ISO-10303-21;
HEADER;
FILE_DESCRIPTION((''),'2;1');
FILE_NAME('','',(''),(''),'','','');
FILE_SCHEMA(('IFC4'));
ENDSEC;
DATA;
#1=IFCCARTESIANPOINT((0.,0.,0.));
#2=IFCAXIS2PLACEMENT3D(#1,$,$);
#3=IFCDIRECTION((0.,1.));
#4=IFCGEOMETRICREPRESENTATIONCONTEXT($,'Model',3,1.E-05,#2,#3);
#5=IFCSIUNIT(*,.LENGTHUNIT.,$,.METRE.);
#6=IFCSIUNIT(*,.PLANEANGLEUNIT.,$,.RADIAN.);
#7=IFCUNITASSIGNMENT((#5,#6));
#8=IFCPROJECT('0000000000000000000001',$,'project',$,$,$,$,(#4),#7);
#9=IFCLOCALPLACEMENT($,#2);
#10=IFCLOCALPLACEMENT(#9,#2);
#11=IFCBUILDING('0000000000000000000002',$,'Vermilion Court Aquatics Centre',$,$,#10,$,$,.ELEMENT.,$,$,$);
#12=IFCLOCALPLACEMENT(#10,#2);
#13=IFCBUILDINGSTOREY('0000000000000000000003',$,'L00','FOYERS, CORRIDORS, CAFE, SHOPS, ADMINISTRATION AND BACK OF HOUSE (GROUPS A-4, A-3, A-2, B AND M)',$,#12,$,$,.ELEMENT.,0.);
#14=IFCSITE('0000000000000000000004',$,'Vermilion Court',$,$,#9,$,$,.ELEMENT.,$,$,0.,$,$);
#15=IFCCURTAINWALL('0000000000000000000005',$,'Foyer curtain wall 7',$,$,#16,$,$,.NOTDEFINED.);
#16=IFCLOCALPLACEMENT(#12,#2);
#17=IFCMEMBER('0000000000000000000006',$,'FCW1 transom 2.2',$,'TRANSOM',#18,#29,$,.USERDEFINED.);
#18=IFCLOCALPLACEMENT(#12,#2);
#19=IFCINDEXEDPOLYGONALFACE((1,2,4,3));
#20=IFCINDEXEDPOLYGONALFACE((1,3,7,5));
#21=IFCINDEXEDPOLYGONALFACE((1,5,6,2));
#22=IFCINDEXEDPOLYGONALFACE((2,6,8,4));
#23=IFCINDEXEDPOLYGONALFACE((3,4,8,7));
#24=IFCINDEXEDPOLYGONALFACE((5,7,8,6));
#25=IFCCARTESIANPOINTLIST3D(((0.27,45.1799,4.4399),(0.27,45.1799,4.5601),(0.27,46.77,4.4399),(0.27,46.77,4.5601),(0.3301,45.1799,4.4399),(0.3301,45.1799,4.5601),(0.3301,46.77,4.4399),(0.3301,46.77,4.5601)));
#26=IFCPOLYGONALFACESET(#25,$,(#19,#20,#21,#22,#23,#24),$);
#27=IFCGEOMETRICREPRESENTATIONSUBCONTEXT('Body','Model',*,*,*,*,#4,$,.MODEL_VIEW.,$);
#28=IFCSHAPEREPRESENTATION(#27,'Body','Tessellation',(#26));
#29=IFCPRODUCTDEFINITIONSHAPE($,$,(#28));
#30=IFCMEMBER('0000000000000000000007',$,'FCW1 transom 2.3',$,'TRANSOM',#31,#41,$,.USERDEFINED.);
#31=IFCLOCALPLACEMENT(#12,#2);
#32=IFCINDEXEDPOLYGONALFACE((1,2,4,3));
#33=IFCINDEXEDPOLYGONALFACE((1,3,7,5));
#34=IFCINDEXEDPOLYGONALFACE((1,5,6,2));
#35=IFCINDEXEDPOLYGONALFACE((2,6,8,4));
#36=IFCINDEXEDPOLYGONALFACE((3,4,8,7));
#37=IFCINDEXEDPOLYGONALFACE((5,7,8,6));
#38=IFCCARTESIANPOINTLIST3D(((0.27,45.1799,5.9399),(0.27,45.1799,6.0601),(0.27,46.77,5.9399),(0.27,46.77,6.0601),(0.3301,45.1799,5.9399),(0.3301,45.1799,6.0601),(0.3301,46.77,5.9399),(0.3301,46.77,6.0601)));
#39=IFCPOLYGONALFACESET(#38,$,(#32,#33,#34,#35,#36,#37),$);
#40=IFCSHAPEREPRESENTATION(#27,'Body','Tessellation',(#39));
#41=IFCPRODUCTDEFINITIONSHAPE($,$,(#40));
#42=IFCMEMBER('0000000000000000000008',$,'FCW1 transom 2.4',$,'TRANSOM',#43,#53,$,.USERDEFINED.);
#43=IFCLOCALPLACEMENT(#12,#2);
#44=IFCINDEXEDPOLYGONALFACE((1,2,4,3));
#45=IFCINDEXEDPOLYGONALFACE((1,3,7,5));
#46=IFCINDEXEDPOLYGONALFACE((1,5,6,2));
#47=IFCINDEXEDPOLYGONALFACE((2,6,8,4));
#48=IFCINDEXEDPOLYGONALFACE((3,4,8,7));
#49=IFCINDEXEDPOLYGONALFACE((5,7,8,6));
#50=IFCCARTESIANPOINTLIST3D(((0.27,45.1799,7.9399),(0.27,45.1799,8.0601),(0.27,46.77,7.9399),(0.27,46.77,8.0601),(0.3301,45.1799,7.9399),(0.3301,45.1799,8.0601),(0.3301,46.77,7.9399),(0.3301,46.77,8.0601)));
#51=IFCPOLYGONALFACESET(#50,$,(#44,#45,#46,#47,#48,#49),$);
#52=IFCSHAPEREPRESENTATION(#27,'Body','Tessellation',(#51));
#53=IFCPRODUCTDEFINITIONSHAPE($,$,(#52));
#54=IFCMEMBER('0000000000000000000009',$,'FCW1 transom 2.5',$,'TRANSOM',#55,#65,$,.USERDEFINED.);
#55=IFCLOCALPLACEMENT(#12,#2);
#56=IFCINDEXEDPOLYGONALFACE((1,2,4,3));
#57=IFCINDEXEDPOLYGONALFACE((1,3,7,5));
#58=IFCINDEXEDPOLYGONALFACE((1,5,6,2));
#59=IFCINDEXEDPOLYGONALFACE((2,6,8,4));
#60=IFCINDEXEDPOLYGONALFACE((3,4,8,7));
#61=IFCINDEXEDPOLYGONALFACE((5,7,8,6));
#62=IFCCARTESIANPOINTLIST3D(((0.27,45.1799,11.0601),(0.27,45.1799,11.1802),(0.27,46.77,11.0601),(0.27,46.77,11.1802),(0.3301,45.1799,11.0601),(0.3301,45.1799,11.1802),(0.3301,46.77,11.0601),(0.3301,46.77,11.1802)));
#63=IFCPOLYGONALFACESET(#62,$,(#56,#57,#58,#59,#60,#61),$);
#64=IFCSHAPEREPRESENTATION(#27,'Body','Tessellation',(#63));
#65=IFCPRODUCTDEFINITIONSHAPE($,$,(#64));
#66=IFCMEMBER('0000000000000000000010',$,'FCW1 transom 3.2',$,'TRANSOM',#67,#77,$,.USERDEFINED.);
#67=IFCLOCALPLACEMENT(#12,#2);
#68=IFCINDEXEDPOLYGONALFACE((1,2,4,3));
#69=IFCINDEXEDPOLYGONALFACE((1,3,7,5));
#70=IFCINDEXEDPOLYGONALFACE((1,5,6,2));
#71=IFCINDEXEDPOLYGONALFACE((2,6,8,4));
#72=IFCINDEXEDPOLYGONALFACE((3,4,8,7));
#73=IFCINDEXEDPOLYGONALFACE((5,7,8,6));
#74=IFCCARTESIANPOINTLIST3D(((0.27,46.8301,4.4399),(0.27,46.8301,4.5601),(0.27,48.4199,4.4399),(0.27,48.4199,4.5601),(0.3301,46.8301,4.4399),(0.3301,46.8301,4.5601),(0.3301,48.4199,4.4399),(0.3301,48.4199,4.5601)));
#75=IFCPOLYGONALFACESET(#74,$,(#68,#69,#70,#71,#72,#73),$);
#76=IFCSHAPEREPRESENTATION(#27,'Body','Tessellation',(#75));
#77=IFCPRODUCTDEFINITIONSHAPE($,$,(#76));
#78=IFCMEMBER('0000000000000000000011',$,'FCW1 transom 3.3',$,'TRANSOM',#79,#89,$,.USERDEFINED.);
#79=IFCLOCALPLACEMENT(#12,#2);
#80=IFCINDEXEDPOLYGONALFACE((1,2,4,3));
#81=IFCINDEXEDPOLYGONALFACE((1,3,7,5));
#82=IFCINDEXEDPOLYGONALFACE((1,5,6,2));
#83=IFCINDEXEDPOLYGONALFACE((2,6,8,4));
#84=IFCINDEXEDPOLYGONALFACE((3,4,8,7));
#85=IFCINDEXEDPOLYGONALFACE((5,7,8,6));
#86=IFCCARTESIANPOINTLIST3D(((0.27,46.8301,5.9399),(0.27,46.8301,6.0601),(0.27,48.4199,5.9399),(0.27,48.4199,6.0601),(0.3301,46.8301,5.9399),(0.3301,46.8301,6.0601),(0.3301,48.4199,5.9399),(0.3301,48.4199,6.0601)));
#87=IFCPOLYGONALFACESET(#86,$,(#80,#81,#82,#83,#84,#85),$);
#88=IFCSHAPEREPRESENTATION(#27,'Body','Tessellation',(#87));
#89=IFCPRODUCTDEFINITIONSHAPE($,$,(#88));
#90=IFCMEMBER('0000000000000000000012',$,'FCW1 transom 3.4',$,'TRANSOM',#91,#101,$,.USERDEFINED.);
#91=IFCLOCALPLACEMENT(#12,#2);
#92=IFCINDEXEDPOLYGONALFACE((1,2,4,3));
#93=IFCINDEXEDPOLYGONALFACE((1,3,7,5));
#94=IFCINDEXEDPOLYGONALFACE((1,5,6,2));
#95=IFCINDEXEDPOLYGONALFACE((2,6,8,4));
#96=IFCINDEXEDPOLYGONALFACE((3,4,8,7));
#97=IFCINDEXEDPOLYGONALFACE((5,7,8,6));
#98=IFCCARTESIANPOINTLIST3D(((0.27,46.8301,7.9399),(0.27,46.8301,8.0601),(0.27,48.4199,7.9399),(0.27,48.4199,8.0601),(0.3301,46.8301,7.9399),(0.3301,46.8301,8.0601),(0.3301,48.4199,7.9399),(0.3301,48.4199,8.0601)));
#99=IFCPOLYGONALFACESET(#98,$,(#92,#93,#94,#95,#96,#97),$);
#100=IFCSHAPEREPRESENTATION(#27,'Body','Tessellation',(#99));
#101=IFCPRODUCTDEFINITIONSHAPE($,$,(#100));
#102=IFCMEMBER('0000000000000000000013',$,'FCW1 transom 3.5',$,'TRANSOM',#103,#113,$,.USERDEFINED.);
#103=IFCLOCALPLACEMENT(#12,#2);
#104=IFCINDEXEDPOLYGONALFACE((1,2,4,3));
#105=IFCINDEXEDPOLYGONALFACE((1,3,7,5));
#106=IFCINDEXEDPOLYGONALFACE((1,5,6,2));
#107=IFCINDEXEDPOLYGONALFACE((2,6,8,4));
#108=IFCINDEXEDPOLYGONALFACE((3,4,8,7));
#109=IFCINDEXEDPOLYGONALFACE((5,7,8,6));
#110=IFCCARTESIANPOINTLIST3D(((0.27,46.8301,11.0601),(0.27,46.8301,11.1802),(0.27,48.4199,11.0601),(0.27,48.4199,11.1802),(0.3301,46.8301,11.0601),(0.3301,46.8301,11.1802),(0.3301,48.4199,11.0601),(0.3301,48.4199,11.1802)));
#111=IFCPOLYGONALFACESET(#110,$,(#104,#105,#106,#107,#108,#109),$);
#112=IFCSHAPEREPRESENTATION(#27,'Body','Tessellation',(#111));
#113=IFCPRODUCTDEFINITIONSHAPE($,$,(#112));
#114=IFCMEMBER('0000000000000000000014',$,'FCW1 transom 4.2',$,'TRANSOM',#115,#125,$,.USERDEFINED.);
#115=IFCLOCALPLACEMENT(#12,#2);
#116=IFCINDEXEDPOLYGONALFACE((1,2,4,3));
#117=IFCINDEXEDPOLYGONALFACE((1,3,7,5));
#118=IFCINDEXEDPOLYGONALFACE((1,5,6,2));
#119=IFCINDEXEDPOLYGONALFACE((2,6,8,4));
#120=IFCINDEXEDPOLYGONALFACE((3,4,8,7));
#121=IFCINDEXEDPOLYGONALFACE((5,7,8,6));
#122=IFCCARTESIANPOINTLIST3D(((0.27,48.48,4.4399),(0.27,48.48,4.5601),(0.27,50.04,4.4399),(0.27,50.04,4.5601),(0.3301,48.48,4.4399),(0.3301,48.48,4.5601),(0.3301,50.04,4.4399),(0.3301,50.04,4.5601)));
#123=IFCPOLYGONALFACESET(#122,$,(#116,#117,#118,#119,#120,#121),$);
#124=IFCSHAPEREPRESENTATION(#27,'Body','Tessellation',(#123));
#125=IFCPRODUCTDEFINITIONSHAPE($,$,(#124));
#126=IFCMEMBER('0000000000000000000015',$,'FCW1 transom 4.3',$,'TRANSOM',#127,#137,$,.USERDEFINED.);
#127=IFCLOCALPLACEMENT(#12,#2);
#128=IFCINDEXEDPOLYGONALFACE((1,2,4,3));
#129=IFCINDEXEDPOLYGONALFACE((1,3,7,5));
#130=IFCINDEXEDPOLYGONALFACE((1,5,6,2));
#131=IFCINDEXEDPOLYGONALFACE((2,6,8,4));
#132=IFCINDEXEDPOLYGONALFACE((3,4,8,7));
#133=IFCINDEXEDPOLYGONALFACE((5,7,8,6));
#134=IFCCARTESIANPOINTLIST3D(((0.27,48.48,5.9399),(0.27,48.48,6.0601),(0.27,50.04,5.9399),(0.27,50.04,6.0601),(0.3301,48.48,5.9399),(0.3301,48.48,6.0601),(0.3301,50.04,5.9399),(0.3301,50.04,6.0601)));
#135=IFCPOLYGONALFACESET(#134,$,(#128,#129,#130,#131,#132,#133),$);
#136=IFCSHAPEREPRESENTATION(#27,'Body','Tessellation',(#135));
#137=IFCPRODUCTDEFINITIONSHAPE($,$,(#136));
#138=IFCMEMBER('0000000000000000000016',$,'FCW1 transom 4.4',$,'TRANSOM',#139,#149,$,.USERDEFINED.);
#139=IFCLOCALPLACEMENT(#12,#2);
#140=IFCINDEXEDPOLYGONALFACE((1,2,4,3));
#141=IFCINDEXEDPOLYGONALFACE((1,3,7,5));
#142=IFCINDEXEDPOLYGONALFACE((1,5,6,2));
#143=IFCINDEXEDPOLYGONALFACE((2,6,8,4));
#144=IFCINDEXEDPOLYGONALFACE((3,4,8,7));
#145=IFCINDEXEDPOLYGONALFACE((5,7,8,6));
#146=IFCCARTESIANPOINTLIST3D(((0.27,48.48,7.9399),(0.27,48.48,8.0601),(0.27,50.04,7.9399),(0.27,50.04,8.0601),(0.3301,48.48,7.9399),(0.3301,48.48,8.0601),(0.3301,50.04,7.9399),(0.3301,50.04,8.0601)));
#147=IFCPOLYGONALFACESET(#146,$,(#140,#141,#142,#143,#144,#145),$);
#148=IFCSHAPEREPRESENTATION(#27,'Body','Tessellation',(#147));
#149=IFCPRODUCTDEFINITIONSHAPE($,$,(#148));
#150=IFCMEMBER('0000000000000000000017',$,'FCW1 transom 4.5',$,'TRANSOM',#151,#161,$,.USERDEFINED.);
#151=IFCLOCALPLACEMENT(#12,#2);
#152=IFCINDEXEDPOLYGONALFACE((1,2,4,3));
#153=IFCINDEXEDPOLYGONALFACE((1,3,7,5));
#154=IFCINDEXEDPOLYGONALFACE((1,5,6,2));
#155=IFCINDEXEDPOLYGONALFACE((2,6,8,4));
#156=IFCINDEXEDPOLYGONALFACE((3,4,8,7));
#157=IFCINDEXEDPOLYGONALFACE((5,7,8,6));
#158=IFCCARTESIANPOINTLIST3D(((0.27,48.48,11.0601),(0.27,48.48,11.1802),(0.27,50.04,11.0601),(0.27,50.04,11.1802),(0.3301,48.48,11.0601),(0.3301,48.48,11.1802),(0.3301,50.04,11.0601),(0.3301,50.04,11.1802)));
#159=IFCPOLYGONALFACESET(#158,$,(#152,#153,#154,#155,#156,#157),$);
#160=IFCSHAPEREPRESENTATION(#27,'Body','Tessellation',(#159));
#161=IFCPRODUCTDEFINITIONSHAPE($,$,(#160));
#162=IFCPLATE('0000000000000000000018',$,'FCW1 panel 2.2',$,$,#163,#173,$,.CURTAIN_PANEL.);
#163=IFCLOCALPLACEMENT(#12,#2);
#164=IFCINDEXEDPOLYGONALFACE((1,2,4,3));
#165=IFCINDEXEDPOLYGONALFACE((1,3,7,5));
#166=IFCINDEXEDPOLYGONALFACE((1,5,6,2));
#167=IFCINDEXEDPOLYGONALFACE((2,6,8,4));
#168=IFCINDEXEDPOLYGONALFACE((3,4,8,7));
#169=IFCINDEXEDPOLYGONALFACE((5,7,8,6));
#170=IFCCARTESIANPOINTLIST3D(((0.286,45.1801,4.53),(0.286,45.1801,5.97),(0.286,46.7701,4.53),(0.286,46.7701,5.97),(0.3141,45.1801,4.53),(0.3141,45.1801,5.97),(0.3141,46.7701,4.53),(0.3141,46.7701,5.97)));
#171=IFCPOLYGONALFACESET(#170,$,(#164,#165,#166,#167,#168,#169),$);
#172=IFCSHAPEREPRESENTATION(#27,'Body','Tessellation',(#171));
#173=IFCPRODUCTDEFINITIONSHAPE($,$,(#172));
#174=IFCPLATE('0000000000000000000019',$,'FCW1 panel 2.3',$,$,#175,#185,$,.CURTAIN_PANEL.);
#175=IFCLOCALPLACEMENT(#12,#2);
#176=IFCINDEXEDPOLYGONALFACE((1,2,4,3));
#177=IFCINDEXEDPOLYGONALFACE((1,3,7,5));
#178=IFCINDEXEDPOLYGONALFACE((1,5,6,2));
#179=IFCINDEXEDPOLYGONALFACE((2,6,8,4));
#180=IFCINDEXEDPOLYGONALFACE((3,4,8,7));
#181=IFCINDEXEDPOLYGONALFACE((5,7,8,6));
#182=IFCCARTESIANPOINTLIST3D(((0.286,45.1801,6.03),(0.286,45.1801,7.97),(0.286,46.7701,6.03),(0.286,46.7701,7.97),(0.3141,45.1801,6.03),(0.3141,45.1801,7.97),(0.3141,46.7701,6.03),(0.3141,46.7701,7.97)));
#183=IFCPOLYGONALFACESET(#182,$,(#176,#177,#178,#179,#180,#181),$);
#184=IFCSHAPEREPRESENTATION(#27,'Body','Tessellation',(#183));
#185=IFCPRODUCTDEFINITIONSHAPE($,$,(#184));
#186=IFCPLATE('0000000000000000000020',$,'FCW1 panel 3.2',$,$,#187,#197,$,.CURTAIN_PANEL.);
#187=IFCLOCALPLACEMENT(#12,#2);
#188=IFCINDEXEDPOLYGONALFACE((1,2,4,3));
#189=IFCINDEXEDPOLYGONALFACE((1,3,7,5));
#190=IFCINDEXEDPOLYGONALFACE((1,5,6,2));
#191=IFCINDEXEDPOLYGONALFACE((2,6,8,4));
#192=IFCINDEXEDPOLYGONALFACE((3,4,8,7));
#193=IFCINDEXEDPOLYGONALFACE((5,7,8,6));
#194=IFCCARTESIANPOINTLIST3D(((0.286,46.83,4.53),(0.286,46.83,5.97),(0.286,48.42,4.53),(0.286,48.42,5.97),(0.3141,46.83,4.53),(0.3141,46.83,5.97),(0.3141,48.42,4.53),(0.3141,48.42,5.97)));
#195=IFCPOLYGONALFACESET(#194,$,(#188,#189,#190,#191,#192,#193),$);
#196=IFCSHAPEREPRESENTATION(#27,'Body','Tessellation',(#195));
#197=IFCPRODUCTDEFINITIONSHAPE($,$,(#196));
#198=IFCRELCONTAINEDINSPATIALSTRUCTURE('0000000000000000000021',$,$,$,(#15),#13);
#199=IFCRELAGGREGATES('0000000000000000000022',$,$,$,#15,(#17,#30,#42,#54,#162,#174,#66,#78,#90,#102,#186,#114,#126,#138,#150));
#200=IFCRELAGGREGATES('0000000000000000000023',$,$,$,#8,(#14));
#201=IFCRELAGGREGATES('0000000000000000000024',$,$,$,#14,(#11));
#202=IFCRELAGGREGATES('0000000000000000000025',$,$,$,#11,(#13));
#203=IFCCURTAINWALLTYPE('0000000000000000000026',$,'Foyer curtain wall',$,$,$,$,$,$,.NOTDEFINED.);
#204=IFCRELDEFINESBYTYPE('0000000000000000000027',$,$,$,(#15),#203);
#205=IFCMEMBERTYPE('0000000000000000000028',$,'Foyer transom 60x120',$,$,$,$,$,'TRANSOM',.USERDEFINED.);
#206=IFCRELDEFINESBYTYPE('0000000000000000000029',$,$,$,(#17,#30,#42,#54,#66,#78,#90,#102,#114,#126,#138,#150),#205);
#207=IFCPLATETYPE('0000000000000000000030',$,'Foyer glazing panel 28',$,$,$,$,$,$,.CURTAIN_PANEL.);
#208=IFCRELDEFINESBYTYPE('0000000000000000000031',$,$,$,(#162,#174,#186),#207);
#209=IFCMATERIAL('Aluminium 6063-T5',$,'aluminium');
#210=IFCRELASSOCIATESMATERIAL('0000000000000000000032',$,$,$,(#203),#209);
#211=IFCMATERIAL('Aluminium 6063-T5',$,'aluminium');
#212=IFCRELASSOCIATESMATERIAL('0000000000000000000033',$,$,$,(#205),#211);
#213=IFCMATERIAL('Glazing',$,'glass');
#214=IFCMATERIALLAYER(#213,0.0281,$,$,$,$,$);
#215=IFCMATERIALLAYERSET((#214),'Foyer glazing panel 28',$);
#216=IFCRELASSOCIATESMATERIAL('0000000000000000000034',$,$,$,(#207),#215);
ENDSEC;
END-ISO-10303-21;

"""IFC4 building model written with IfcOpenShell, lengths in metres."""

from ifc_helpers import new_model, si_unit, direction, frame, origin, origin_2d, place, context, subcontext, project, spatial, rectangle, extrude, material, layer, layer_set, material_profile, profile_set, type_object, element, aggregate, save


model = new_model("IFC4")

# Units and contexts
model_context = context("Model", 3, precision=1e-05, world=origin(), true_north=direction((0.0, 1.0)))
body_context = subcontext(model_context, "Body", "Model", "MODEL_VIEW")
ifc_project = project(units=[si_unit("LENGTHUNIT", "METRE"), si_unit("PLANEANGLEUNIT", "RADIAN")], contexts=[model_context])

# Site, building, storey
site_placement = place(None, origin())
site = spatial("IfcSite", under=ifc_project, at=site_placement, Name="Vermilion Court", CompositionType="ELEMENT", RefElevation=0.0)
building_placement = place(site_placement, origin())
building = spatial("IfcBuilding", under=site, at=building_placement, Name="Vermilion Court Aquatics Centre", CompositionType="ELEMENT")
storey_placement = place(building_placement, origin())
storey = spatial("IfcBuildingStorey", under=building, at=storey_placement, Name="L00", Description="FOYERS, CORRIDORS, CAFE, SHOPS, ADMINISTRATION AND BACK OF HOUSE (GROUPS A-4, A-3, A-2, B AND M)", CompositionType="ELEMENT", Elevation=0.0)

# Curtain wall, members, plates
ifc_material_1 = material(Name="Aluminium 6063-T5", Category="aluminium")
curtain_wall_type = type_object("IfcCurtainWallType", Name="Foyer curtain wall", PredefinedType="NOTDEFINED", material=ifc_material_1)
curtain_wall_placement = place(storey_placement, origin())
curtain_wall = element("IfcCurtainWall", 1, at=curtain_wall_placement, inside=storey, type_object=curtain_wall_type, Name="Foyer curtain wall 7", PredefinedType="NOTDEFINED")
ifc_material_2 = material(Name="Aluminium 6063-T5", Category="aluminium")
ifc_material_profile = material_profile(ifc_material_2, rectangle(XDim=0.0601, YDim=0.1201, at=origin_2d()), Name="Aluminium 60x120")
ifc_profile_set = profile_set([ifc_material_profile], Name="Aluminium 6063-T5")
member_type = type_object("IfcMemberType", Name="Foyer transom 60x120", ElementType="TRANSOM", PredefinedType="USERDEFINED", material=ifc_profile_set)
member_1_placement = place(storey_placement, frame((0.3, 45.1799, 4.5), z_axis=(0.0, 1.0, 0.0), x_axis=(-1.0, 0.0, 0.0)))
member_1 = element("IfcMember", 2, at=member_1_placement, type_object=member_type, Name="FCW1 transom 2.2", ObjectType="TRANSOM", PredefinedType="USERDEFINED", context=body_context, shape_type="SweptSolid", body=[
    extrude(rectangle(XDim=0.0601, YDim=0.1201, at=origin_2d()), origin(), (0.0, 0.0, 1.0), 1.5901),
])
member_2_placement = place(storey_placement, frame((0.3, 45.1799, 6.0), z_axis=(0.0, 1.0, 0.0), x_axis=(-1.0, 0.0, 0.0)))
member_2 = element("IfcMember", 3, at=member_2_placement, type_object=member_type, Name="FCW1 transom 2.3", ObjectType="TRANSOM", PredefinedType="USERDEFINED", context=body_context, shape_type="SweptSolid", body=[
    extrude(rectangle(XDim=0.0601, YDim=0.1201, at=origin_2d()), origin(), (0.0, 0.0, 1.0), 1.5901),
])
member_3_placement = place(storey_placement, frame((0.3, 45.1799, 8.0), z_axis=(0.0, 1.0, 0.0), x_axis=(-1.0, 0.0, 0.0)))
member_3 = element("IfcMember", 4, at=member_3_placement, type_object=member_type, Name="FCW1 transom 2.4", ObjectType="TRANSOM", PredefinedType="USERDEFINED", context=body_context, shape_type="SweptSolid", body=[
    extrude(rectangle(XDim=0.0601, YDim=0.1201, at=origin_2d()), origin(), (0.0, 0.0, 1.0), 1.5901),
])
member_4_placement = place(storey_placement, frame((0.3, 45.1799, 11.1201), z_axis=(0.0, 1.0, 0.0), x_axis=(-1.0, 0.0, 0.0)))
member_4 = element("IfcMember", 5, at=member_4_placement, type_object=member_type, Name="FCW1 transom 2.5", ObjectType="TRANSOM", PredefinedType="USERDEFINED", context=body_context, shape_type="SweptSolid", body=[
    extrude(rectangle(XDim=0.0601, YDim=0.1201, at=origin_2d()), origin(), (0.0, 0.0, 1.0), 1.5901),
])
member_5_placement = place(storey_placement, frame((0.3, 46.8301, 4.5), z_axis=(0.0, 1.0, 0.0), x_axis=(-1.0, 0.0, 0.0)))
member_5 = element("IfcMember", 6, at=member_5_placement, type_object=member_type, Name="FCW1 transom 3.2", ObjectType="TRANSOM", PredefinedType="USERDEFINED", context=body_context, shape_type="SweptSolid", body=[
    extrude(rectangle(XDim=0.0601, YDim=0.1201, at=origin_2d()), origin(), (0.0, 0.0, 1.0), 1.5898),
])
member_6_placement = place(storey_placement, frame((0.3, 46.8301, 6.0), z_axis=(0.0, 1.0, 0.0), x_axis=(-1.0, 0.0, 0.0)))
member_6 = element("IfcMember", 7, at=member_6_placement, type_object=member_type, Name="FCW1 transom 3.3", ObjectType="TRANSOM", PredefinedType="USERDEFINED", context=body_context, shape_type="SweptSolid", body=[
    extrude(rectangle(XDim=0.0601, YDim=0.1201, at=origin_2d()), origin(), (0.0, 0.0, 1.0), 1.5898),
])
member_7_placement = place(storey_placement, frame((0.3, 46.8301, 8.0), z_axis=(0.0, 1.0, 0.0), x_axis=(-1.0, 0.0, 0.0)))
member_7 = element("IfcMember", 8, at=member_7_placement, type_object=member_type, Name="FCW1 transom 3.4", ObjectType="TRANSOM", PredefinedType="USERDEFINED", context=body_context, shape_type="SweptSolid", body=[
    extrude(rectangle(XDim=0.0601, YDim=0.1201, at=origin_2d()), origin(), (0.0, 0.0, 1.0), 1.5898),
])
member_8_placement = place(storey_placement, frame((0.3, 46.8301, 11.1201), z_axis=(0.0, 1.0, 0.0), x_axis=(-1.0, 0.0, 0.0)))
member_8 = element("IfcMember", 9, at=member_8_placement, type_object=member_type, Name="FCW1 transom 3.5", ObjectType="TRANSOM", PredefinedType="USERDEFINED", context=body_context, shape_type="SweptSolid", body=[
    extrude(rectangle(XDim=0.0601, YDim=0.1201, at=origin_2d()), origin(), (0.0, 0.0, 1.0), 1.5898),
])
member_9_placement = place(storey_placement, frame((0.3, 48.48, 4.5), z_axis=(0.0, 1.0, 0.0), x_axis=(-1.0, 0.0, 0.0)))
member_9 = element("IfcMember", 10, at=member_9_placement, type_object=member_type, Name="FCW1 transom 4.2", ObjectType="TRANSOM", PredefinedType="USERDEFINED", context=body_context, shape_type="SweptSolid", body=[
    extrude(rectangle(XDim=0.0601, YDim=0.1201, at=origin_2d()), origin(), (0.0, 0.0, 1.0), 1.5601),
])
member_10_placement = place(storey_placement, frame((0.3, 48.48, 6.0), z_axis=(0.0, 1.0, 0.0), x_axis=(-1.0, 0.0, 0.0)))
member_10 = element("IfcMember", 11, at=member_10_placement, type_object=member_type, Name="FCW1 transom 4.3", ObjectType="TRANSOM", PredefinedType="USERDEFINED", context=body_context, shape_type="SweptSolid", body=[
    extrude(rectangle(XDim=0.0601, YDim=0.1201, at=origin_2d()), origin(), (0.0, 0.0, 1.0), 1.5601),
])
member_11_placement = place(storey_placement, frame((0.3, 48.48, 8.0), z_axis=(0.0, 1.0, 0.0), x_axis=(-1.0, 0.0, 0.0)))
member_11 = element("IfcMember", 12, at=member_11_placement, type_object=member_type, Name="FCW1 transom 4.4", ObjectType="TRANSOM", PredefinedType="USERDEFINED", context=body_context, shape_type="SweptSolid", body=[
    extrude(rectangle(XDim=0.0601, YDim=0.1201, at=origin_2d()), origin(), (0.0, 0.0, 1.0), 1.5601),
])
member_12_placement = place(storey_placement, frame((0.3, 48.48, 11.1201), z_axis=(0.0, 1.0, 0.0), x_axis=(-1.0, 0.0, 0.0)))
member_12 = element("IfcMember", 13, at=member_12_placement, type_object=member_type, Name="FCW1 transom 4.5", ObjectType="TRANSOM", PredefinedType="USERDEFINED", context=body_context, shape_type="SweptSolid", body=[
    extrude(rectangle(XDim=0.0601, YDim=0.1201, at=origin_2d()), origin(), (0.0, 0.0, 1.0), 1.5601),
])
ifc_material_3 = material(Name="Glazing", Category="glass")
ifc_layer_1 = layer(ifc_material_3, 0.0281)
ifc_layer_set_1 = layer_set([ifc_layer_1], Name="Foyer glazing panel 28")
plate_type_1 = type_object("IfcPlateType", Name="Foyer glazing panel 28", PredefinedType="CURTAIN_PANEL", material=ifc_layer_set_1)
plate_1_placement = place(storey_placement, frame((0.3, 45.9751, 4.53), z_axis=(0.0, 0.0, 1.0), x_axis=(0.0, 1.0, 0.0)))
plate_1 = element("IfcPlate", 14, at=plate_1_placement, type_object=plate_type_1, Name="FCW1 panel 2.2", PredefinedType="CURTAIN_PANEL", context=body_context, shape_type="SweptSolid", body=[
    extrude(rectangle(XDim=1.5901, YDim=0.0281, at=origin_2d()), origin(), (0.0, 0.0, 1.0), 1.4399),
])
plate_2_placement = place(storey_placement, frame((0.3, 45.9751, 6.03), z_axis=(0.0, 0.0, 1.0), x_axis=(0.0, 1.0, 0.0)))
plate_2 = element("IfcPlate", 15, at=plate_2_placement, type_object=plate_type_1, Name="FCW1 panel 2.3", PredefinedType="CURTAIN_PANEL", context=body_context, shape_type="SweptSolid", body=[
    extrude(rectangle(XDim=1.5901, YDim=0.0281, at=origin_2d()), origin(), (0.0, 0.0, 1.0), 1.9399),
])
plate_3_placement = place(storey_placement, frame((0.3, 47.625, 4.53), z_axis=(0.0, 0.0, 1.0), x_axis=(0.0, 1.0, 0.0)))
plate_3 = element("IfcPlate", 16, at=plate_3_placement, type_object=plate_type_1, Name="FCW1 panel 3.2", PredefinedType="CURTAIN_PANEL", context=body_context, shape_type="SweptSolid", body=[
    extrude(rectangle(XDim=1.5901, YDim=0.0281, at=origin_2d()), origin(), (0.0, 0.0, 1.0), 1.4399),
])
aggregate(curtain_wall, [member_1, member_2, member_3, member_4, plate_1, plate_2, member_5, member_6, member_7, member_8, plate_3, member_9, member_10, member_11, member_12])

save(model, "model.ifc")
